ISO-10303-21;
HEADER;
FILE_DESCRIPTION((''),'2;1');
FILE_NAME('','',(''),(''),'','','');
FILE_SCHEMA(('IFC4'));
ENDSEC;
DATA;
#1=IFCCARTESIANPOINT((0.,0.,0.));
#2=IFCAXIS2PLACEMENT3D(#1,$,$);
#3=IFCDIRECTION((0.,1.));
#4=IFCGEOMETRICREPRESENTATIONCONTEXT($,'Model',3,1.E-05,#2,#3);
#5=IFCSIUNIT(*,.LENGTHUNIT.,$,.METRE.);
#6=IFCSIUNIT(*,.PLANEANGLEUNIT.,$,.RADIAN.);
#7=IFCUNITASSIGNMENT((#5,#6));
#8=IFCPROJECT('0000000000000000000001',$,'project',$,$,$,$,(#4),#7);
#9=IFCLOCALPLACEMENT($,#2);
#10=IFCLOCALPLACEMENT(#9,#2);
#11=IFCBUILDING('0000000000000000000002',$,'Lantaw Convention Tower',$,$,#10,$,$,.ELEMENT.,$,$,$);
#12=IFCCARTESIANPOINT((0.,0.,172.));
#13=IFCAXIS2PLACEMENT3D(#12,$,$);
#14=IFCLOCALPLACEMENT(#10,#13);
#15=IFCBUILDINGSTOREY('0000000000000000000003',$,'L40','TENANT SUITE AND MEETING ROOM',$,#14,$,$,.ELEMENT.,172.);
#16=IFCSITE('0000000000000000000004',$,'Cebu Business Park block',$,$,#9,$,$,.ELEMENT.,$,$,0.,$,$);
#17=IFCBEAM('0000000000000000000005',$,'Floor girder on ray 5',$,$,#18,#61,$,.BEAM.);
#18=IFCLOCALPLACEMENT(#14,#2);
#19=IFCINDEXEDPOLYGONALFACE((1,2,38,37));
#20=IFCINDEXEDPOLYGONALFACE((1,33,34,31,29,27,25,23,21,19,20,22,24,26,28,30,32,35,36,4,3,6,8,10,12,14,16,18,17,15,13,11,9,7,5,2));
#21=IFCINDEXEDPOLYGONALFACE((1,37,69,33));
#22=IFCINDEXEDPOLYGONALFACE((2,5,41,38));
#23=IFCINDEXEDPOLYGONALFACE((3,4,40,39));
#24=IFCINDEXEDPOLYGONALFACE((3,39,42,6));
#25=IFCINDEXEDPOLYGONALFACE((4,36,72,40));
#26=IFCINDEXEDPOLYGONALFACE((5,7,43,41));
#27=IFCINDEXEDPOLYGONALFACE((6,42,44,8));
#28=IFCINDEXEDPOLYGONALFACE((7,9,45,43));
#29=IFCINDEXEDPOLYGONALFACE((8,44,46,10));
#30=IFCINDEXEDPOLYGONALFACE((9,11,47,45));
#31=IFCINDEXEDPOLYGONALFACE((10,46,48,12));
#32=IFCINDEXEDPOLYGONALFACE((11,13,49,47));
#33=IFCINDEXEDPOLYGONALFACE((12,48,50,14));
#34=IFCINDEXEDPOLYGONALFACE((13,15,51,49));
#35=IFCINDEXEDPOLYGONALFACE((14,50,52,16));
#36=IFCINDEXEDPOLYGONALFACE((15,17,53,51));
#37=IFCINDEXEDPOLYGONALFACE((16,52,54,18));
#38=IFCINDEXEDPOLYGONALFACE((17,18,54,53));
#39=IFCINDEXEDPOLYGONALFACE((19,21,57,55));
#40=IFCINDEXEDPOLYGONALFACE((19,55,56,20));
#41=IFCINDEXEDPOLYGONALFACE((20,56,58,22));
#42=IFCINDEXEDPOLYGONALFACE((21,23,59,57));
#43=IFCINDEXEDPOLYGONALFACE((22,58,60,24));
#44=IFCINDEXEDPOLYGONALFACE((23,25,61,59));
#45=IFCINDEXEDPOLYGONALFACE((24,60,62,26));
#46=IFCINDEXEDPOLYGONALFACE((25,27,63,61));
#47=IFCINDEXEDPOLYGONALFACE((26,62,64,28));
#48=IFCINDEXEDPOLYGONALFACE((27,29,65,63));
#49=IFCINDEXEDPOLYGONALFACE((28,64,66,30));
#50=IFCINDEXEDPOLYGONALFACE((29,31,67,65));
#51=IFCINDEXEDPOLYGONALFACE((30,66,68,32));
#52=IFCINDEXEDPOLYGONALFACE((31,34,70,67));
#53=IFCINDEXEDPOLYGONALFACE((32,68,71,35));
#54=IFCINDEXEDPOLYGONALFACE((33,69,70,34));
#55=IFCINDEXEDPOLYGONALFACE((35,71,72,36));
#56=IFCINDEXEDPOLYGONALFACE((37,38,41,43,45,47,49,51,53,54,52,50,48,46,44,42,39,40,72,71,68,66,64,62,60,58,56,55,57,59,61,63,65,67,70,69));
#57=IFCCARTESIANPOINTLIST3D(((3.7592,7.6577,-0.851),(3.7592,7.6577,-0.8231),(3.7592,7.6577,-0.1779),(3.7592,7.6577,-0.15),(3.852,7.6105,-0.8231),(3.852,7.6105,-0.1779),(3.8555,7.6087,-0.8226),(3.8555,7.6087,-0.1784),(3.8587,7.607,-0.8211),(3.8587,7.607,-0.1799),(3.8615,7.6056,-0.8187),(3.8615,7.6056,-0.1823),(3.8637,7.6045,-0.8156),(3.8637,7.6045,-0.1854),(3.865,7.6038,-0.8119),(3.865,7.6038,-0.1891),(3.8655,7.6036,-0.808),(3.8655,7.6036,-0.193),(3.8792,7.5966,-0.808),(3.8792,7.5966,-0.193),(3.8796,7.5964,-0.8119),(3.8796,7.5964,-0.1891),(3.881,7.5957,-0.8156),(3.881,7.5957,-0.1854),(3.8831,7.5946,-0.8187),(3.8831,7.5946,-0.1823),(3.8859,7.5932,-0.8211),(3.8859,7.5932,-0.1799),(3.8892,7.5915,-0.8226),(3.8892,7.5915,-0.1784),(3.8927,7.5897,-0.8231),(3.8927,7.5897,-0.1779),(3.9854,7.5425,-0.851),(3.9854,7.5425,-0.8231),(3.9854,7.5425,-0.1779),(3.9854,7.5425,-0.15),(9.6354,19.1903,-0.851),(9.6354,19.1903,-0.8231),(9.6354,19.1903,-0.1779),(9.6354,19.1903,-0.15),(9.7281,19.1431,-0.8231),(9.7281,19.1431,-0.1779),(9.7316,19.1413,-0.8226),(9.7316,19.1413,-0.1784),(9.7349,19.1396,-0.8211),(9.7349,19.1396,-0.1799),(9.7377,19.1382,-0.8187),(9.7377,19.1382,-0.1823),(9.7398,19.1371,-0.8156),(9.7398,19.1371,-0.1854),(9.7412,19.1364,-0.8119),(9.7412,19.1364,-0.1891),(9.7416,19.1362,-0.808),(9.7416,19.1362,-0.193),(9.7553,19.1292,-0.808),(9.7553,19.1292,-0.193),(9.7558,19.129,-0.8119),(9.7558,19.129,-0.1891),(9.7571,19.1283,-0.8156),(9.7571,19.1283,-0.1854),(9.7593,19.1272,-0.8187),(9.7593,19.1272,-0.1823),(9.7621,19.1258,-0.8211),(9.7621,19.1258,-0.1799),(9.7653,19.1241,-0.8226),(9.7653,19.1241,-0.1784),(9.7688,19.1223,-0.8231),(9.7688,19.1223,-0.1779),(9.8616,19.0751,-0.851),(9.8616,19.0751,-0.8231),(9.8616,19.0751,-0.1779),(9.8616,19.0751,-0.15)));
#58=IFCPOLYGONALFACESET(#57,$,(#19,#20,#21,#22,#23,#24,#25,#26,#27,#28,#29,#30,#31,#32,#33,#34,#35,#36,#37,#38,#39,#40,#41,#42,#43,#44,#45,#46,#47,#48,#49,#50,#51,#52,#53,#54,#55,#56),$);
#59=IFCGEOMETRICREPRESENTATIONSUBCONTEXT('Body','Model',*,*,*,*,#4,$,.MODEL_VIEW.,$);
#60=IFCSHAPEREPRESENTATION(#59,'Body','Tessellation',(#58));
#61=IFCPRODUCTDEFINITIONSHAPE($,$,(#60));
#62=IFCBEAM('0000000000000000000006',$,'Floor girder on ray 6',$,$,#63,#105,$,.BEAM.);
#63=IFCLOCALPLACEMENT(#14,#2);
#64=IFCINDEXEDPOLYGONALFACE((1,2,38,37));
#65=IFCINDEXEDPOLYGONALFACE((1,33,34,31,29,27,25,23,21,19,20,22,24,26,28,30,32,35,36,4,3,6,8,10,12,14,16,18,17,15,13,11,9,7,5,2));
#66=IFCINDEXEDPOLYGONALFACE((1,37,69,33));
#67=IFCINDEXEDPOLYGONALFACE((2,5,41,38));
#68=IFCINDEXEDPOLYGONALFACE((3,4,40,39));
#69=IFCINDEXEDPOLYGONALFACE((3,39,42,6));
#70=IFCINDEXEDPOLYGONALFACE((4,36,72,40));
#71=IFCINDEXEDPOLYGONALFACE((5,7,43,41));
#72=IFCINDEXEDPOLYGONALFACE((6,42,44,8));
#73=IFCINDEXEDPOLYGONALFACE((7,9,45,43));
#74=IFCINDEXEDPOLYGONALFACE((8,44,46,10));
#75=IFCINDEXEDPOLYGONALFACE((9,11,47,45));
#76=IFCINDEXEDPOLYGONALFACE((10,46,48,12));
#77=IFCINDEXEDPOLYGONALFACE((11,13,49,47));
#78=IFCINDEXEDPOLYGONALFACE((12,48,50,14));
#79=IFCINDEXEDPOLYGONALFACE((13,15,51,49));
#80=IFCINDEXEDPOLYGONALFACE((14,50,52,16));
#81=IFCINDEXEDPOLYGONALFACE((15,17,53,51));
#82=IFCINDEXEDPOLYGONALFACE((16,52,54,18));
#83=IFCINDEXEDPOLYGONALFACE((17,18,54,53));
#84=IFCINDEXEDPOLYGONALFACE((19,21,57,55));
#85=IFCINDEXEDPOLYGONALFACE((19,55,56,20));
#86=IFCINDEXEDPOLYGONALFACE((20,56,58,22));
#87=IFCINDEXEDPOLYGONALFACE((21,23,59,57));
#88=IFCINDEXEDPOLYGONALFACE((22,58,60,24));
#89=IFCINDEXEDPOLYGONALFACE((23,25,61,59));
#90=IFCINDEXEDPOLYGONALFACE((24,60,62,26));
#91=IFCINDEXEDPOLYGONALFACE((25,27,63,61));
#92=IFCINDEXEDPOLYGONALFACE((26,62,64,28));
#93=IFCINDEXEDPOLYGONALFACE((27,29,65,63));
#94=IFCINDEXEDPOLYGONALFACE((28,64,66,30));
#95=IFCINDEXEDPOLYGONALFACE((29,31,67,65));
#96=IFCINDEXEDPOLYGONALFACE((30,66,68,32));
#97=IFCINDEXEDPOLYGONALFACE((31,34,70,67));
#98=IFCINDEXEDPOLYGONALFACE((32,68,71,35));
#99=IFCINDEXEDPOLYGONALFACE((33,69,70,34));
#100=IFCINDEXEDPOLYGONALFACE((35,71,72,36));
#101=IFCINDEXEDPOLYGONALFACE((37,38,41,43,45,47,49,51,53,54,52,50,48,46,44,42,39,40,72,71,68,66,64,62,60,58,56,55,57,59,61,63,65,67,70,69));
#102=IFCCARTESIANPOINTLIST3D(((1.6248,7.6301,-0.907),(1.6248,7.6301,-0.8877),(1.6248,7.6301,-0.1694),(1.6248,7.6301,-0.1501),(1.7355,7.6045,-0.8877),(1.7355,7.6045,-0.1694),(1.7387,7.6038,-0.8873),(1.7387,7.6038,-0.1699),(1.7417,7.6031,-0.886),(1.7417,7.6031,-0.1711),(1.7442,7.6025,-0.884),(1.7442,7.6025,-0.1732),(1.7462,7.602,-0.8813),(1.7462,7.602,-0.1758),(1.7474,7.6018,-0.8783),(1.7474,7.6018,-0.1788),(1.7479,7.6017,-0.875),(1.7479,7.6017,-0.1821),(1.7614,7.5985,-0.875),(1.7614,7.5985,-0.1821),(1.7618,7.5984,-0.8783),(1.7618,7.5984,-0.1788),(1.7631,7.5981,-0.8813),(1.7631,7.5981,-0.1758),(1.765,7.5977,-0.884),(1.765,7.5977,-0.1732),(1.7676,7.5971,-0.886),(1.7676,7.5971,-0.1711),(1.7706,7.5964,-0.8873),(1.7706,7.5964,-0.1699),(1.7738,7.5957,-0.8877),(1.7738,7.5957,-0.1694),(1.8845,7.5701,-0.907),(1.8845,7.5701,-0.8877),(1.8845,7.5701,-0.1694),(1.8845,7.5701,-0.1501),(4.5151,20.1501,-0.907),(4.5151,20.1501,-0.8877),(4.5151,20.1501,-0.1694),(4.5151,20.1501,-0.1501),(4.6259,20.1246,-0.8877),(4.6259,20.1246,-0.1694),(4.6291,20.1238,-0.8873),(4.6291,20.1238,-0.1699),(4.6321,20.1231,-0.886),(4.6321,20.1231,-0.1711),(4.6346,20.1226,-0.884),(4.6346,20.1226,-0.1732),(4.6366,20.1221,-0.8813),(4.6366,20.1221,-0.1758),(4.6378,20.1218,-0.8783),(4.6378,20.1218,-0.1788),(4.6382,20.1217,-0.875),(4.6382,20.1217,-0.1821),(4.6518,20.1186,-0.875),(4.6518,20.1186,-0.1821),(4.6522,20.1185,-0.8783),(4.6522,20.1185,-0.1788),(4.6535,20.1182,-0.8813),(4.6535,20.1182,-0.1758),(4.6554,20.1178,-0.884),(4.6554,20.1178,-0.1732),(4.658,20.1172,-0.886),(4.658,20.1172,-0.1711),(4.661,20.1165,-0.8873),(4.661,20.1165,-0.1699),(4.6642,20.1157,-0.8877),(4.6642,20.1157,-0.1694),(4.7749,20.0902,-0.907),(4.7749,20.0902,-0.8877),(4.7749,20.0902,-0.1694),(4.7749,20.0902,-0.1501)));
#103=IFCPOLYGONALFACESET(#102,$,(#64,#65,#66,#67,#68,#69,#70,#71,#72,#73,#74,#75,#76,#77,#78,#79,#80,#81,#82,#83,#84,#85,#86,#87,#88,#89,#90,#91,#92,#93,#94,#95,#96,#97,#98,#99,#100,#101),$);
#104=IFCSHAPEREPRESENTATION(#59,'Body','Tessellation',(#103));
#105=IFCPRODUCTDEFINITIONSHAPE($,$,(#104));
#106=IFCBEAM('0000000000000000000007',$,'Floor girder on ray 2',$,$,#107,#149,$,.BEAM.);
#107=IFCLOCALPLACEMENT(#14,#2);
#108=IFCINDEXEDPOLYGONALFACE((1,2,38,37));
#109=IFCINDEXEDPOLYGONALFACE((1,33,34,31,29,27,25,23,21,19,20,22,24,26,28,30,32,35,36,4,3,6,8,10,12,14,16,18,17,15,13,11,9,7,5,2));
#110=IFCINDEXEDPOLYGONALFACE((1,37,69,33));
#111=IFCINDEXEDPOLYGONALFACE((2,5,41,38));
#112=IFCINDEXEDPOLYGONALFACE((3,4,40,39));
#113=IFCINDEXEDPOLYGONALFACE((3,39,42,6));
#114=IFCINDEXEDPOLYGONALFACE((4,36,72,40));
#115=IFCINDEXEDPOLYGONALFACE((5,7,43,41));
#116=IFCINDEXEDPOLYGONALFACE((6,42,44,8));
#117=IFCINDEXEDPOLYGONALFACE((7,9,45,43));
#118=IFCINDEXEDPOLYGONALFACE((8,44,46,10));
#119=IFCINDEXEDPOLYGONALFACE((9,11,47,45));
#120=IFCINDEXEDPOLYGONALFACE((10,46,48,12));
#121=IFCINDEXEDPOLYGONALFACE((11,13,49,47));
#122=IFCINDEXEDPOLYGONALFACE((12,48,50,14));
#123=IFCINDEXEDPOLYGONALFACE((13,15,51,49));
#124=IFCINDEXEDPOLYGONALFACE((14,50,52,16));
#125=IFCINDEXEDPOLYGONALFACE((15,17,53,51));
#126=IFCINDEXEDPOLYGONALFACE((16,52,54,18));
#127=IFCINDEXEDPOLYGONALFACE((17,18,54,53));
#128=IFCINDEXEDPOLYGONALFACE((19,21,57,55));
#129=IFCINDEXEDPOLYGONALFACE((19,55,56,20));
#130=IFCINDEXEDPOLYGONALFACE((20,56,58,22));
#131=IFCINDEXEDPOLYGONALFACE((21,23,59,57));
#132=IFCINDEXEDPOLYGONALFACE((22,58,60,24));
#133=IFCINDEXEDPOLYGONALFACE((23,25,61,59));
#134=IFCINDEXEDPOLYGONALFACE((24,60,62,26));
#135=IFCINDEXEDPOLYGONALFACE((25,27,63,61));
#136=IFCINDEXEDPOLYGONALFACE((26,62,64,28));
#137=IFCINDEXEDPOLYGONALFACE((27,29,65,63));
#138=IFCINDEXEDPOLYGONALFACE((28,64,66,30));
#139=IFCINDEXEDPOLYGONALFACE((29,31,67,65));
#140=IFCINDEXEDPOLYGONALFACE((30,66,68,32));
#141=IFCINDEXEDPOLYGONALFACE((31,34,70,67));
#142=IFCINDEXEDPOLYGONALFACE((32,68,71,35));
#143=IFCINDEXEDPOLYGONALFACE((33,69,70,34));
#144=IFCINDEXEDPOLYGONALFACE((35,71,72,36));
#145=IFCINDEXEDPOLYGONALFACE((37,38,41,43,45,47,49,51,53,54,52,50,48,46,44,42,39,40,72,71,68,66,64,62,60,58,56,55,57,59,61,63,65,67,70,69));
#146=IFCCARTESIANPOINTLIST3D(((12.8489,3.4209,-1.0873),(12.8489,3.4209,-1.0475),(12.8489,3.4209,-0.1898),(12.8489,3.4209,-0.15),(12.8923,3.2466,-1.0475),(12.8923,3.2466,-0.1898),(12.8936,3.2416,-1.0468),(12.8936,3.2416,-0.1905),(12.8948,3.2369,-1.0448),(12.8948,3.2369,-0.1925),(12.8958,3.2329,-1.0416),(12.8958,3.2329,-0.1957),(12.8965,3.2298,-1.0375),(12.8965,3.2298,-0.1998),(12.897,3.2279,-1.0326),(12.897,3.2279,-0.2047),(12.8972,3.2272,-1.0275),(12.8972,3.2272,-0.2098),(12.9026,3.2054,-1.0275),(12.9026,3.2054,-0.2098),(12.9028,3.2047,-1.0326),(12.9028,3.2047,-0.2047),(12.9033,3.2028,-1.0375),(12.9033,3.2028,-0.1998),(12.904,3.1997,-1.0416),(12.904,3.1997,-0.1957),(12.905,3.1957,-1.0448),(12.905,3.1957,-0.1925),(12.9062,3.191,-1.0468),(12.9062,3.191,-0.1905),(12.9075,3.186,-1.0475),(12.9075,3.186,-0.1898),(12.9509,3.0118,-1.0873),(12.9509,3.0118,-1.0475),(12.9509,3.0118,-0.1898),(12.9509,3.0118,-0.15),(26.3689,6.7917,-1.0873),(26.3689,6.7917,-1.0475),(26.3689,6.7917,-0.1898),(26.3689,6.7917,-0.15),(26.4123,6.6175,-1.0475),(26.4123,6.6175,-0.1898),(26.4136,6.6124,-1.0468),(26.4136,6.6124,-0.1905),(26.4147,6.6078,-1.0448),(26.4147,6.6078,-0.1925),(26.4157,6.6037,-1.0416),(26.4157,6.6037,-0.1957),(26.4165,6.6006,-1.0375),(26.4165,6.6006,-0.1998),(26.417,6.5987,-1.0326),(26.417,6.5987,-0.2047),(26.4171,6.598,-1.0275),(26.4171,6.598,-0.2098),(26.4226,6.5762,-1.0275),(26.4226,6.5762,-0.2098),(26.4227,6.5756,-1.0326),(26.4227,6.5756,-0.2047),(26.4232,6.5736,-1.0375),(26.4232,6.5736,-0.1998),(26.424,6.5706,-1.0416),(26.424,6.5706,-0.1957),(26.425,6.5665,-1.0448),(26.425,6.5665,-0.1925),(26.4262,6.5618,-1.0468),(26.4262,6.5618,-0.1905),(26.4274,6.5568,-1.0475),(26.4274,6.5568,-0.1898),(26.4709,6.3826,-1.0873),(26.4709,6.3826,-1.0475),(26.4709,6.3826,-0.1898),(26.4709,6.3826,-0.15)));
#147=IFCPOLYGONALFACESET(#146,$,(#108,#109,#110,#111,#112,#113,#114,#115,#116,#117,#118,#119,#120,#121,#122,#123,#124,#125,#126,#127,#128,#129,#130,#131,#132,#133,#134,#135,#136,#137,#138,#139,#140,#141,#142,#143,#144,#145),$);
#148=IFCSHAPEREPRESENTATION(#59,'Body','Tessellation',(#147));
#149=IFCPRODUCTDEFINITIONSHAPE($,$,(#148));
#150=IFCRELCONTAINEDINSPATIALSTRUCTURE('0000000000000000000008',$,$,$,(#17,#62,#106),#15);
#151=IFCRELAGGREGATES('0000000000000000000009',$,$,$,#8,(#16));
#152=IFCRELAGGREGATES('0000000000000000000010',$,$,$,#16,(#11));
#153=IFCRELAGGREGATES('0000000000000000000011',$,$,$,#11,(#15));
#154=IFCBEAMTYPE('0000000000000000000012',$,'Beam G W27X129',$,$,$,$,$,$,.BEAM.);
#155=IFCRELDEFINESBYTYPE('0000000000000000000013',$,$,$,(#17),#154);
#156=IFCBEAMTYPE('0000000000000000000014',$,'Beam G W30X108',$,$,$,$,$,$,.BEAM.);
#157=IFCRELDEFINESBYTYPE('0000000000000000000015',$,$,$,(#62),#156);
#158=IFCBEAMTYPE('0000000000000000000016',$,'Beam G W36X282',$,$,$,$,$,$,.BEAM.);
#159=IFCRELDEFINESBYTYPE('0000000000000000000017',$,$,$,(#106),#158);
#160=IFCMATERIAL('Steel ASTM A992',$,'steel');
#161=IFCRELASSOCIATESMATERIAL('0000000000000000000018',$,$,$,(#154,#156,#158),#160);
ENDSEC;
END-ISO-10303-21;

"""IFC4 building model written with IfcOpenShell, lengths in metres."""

from ifc_helpers import new_model, si_unit, direction, frame, origin, origin_2d, place, context, subcontext, project, spatial, i_section, extrude, material, material_profile, profile_set, type_object, element, save


model = new_model("IFC4")

# Units and contexts
model_context = context("Model", 3, precision=1e-05, world=origin(), true_north=direction((0.0, 1.0)))
body_context = subcontext(model_context, "Body", "Model", "MODEL_VIEW")
ifc_project = project(units=[si_unit("LENGTHUNIT", "METRE"), si_unit("PLANEANGLEUNIT", "RADIAN")], contexts=[model_context])

# Site, building, storey
site_placement = place(None, origin())
site = spatial("IfcSite", under=ifc_project, at=site_placement, Name="Cebu Business Park block", CompositionType="ELEMENT", RefElevation=0.0)
building_placement = place(site_placement, origin())
building = spatial("IfcBuilding", under=site, at=building_placement, Name="Lantaw Convention Tower", CompositionType="ELEMENT")
storey_placement = place(building_placement, frame((0.0, 0.0, 172.0)))
storey = spatial("IfcBuildingStorey", under=building, at=storey_placement, Name="L40", Description="TENANT SUITE AND MEETING ROOM", CompositionType="ELEMENT", Elevation=172.0)

# Beams
ifc_material_1 = material(Name="Steel ASTM A992", Category="steel")
ifc_material_profile_1 = material_profile(ifc_material_1, i_section(OverallWidth=0.2539, OverallDepth=0.7009, WebThickness=0.0154, FlangeThickness=0.0278, FilletRadius=0.0151, at=origin_2d()), Name="W27X129")
ifc_profile_set_1 = profile_set([ifc_material_profile_1], Name="Steel ASTM A992")
beam_type_1 = type_object("IfcBeamType", Name="Beam G W27X129", PredefinedType="BEAM", material=ifc_profile_set_1)
beam_1_placement = place(storey_placement, frame((3.8723, 7.6001, -0.5005), z_axis=(0.453991, 0.891006, 0.0), x_axis=(-0.891006, 0.453991, 0.0)))
element("IfcBeam", 1, at=beam_1_placement, inside=storey, type_object=beam_type_1, Name="Floor girder on ray 5", PredefinedType="BEAM", context=body_context, shape_type="SweptSolid", body=[
    extrude(i_section(OverallWidth=0.2539, OverallDepth=0.7009, WebThickness=0.0154, FlangeThickness=0.0278, FilletRadius=0.0151, at=origin_2d()), origin(), (0.0, 0.0, 1.0), 12.9434),
])
ifc_material_profile_2 = material_profile(ifc_material_1, i_section(OverallWidth=0.2666, OverallDepth=0.7568, WebThickness=0.0139, FlangeThickness=0.0193, FilletRadius=0.0127, at=origin_2d()), Name="W30X108")
ifc_profile_set_2 = profile_set([ifc_material_profile_2], Name="Steel ASTM A992")
beam_type_2 = type_object("IfcBeamType", Name="Beam G W30X108", PredefinedType="BEAM", material=ifc_profile_set_2)
beam_2_placement = place(storey_placement, frame((1.7546, 7.6001, -0.5286), z_axis=(0.224944, 0.974372, 0.0), x_axis=(-0.974372, 0.224944, 0.0)))
element("IfcBeam", 2, at=beam_2_placement, inside=storey, type_object=beam_type_2, Name="Floor girder on ray 6", PredefinedType="BEAM", context=body_context, shape_type="SweptSolid", body=[
    extrude(i_section(OverallWidth=0.2666, OverallDepth=0.7568, WebThickness=0.0139, FlangeThickness=0.0193, FilletRadius=0.0127, at=origin_2d()), origin(), (0.0, 0.0, 1.0), 12.8494),
])
ifc_material_profile_3 = material_profile(ifc_material_1, i_section(OverallWidth=0.4216, OverallDepth=0.9373, WebThickness=0.0225, FlangeThickness=0.0398, FilletRadius=0.02, at=origin_2d()), Name="W36X282")
ifc_profile_set_3 = profile_set([ifc_material_profile_3], Name="Steel ASTM A992")
beam_type_3 = type_object("IfcBeamType", Name="Beam G W36X282", PredefinedType="BEAM", material=ifc_profile_set_3)
beam_3_placement = place(storey_placement, frame((12.8999, 3.2163, -0.6187), z_axis=(0.970297, 0.241917, 0.0), x_axis=(-0.241917, 0.970297, 0.0)))
element("IfcBeam", 3, at=beam_3_placement, inside=storey, type_object=beam_type_3, Name="Floor girder on ray 2", PredefinedType="BEAM", context=body_context, shape_type="SweptSolid", body=[
    extrude(i_section(OverallWidth=0.4216, OverallDepth=0.9373, WebThickness=0.0225, FlangeThickness=0.0398, FilletRadius=0.02, at=origin_2d()), origin(), (0.0, 0.0, 1.0), 13.9338),
])

save(model, "model.ifc")
